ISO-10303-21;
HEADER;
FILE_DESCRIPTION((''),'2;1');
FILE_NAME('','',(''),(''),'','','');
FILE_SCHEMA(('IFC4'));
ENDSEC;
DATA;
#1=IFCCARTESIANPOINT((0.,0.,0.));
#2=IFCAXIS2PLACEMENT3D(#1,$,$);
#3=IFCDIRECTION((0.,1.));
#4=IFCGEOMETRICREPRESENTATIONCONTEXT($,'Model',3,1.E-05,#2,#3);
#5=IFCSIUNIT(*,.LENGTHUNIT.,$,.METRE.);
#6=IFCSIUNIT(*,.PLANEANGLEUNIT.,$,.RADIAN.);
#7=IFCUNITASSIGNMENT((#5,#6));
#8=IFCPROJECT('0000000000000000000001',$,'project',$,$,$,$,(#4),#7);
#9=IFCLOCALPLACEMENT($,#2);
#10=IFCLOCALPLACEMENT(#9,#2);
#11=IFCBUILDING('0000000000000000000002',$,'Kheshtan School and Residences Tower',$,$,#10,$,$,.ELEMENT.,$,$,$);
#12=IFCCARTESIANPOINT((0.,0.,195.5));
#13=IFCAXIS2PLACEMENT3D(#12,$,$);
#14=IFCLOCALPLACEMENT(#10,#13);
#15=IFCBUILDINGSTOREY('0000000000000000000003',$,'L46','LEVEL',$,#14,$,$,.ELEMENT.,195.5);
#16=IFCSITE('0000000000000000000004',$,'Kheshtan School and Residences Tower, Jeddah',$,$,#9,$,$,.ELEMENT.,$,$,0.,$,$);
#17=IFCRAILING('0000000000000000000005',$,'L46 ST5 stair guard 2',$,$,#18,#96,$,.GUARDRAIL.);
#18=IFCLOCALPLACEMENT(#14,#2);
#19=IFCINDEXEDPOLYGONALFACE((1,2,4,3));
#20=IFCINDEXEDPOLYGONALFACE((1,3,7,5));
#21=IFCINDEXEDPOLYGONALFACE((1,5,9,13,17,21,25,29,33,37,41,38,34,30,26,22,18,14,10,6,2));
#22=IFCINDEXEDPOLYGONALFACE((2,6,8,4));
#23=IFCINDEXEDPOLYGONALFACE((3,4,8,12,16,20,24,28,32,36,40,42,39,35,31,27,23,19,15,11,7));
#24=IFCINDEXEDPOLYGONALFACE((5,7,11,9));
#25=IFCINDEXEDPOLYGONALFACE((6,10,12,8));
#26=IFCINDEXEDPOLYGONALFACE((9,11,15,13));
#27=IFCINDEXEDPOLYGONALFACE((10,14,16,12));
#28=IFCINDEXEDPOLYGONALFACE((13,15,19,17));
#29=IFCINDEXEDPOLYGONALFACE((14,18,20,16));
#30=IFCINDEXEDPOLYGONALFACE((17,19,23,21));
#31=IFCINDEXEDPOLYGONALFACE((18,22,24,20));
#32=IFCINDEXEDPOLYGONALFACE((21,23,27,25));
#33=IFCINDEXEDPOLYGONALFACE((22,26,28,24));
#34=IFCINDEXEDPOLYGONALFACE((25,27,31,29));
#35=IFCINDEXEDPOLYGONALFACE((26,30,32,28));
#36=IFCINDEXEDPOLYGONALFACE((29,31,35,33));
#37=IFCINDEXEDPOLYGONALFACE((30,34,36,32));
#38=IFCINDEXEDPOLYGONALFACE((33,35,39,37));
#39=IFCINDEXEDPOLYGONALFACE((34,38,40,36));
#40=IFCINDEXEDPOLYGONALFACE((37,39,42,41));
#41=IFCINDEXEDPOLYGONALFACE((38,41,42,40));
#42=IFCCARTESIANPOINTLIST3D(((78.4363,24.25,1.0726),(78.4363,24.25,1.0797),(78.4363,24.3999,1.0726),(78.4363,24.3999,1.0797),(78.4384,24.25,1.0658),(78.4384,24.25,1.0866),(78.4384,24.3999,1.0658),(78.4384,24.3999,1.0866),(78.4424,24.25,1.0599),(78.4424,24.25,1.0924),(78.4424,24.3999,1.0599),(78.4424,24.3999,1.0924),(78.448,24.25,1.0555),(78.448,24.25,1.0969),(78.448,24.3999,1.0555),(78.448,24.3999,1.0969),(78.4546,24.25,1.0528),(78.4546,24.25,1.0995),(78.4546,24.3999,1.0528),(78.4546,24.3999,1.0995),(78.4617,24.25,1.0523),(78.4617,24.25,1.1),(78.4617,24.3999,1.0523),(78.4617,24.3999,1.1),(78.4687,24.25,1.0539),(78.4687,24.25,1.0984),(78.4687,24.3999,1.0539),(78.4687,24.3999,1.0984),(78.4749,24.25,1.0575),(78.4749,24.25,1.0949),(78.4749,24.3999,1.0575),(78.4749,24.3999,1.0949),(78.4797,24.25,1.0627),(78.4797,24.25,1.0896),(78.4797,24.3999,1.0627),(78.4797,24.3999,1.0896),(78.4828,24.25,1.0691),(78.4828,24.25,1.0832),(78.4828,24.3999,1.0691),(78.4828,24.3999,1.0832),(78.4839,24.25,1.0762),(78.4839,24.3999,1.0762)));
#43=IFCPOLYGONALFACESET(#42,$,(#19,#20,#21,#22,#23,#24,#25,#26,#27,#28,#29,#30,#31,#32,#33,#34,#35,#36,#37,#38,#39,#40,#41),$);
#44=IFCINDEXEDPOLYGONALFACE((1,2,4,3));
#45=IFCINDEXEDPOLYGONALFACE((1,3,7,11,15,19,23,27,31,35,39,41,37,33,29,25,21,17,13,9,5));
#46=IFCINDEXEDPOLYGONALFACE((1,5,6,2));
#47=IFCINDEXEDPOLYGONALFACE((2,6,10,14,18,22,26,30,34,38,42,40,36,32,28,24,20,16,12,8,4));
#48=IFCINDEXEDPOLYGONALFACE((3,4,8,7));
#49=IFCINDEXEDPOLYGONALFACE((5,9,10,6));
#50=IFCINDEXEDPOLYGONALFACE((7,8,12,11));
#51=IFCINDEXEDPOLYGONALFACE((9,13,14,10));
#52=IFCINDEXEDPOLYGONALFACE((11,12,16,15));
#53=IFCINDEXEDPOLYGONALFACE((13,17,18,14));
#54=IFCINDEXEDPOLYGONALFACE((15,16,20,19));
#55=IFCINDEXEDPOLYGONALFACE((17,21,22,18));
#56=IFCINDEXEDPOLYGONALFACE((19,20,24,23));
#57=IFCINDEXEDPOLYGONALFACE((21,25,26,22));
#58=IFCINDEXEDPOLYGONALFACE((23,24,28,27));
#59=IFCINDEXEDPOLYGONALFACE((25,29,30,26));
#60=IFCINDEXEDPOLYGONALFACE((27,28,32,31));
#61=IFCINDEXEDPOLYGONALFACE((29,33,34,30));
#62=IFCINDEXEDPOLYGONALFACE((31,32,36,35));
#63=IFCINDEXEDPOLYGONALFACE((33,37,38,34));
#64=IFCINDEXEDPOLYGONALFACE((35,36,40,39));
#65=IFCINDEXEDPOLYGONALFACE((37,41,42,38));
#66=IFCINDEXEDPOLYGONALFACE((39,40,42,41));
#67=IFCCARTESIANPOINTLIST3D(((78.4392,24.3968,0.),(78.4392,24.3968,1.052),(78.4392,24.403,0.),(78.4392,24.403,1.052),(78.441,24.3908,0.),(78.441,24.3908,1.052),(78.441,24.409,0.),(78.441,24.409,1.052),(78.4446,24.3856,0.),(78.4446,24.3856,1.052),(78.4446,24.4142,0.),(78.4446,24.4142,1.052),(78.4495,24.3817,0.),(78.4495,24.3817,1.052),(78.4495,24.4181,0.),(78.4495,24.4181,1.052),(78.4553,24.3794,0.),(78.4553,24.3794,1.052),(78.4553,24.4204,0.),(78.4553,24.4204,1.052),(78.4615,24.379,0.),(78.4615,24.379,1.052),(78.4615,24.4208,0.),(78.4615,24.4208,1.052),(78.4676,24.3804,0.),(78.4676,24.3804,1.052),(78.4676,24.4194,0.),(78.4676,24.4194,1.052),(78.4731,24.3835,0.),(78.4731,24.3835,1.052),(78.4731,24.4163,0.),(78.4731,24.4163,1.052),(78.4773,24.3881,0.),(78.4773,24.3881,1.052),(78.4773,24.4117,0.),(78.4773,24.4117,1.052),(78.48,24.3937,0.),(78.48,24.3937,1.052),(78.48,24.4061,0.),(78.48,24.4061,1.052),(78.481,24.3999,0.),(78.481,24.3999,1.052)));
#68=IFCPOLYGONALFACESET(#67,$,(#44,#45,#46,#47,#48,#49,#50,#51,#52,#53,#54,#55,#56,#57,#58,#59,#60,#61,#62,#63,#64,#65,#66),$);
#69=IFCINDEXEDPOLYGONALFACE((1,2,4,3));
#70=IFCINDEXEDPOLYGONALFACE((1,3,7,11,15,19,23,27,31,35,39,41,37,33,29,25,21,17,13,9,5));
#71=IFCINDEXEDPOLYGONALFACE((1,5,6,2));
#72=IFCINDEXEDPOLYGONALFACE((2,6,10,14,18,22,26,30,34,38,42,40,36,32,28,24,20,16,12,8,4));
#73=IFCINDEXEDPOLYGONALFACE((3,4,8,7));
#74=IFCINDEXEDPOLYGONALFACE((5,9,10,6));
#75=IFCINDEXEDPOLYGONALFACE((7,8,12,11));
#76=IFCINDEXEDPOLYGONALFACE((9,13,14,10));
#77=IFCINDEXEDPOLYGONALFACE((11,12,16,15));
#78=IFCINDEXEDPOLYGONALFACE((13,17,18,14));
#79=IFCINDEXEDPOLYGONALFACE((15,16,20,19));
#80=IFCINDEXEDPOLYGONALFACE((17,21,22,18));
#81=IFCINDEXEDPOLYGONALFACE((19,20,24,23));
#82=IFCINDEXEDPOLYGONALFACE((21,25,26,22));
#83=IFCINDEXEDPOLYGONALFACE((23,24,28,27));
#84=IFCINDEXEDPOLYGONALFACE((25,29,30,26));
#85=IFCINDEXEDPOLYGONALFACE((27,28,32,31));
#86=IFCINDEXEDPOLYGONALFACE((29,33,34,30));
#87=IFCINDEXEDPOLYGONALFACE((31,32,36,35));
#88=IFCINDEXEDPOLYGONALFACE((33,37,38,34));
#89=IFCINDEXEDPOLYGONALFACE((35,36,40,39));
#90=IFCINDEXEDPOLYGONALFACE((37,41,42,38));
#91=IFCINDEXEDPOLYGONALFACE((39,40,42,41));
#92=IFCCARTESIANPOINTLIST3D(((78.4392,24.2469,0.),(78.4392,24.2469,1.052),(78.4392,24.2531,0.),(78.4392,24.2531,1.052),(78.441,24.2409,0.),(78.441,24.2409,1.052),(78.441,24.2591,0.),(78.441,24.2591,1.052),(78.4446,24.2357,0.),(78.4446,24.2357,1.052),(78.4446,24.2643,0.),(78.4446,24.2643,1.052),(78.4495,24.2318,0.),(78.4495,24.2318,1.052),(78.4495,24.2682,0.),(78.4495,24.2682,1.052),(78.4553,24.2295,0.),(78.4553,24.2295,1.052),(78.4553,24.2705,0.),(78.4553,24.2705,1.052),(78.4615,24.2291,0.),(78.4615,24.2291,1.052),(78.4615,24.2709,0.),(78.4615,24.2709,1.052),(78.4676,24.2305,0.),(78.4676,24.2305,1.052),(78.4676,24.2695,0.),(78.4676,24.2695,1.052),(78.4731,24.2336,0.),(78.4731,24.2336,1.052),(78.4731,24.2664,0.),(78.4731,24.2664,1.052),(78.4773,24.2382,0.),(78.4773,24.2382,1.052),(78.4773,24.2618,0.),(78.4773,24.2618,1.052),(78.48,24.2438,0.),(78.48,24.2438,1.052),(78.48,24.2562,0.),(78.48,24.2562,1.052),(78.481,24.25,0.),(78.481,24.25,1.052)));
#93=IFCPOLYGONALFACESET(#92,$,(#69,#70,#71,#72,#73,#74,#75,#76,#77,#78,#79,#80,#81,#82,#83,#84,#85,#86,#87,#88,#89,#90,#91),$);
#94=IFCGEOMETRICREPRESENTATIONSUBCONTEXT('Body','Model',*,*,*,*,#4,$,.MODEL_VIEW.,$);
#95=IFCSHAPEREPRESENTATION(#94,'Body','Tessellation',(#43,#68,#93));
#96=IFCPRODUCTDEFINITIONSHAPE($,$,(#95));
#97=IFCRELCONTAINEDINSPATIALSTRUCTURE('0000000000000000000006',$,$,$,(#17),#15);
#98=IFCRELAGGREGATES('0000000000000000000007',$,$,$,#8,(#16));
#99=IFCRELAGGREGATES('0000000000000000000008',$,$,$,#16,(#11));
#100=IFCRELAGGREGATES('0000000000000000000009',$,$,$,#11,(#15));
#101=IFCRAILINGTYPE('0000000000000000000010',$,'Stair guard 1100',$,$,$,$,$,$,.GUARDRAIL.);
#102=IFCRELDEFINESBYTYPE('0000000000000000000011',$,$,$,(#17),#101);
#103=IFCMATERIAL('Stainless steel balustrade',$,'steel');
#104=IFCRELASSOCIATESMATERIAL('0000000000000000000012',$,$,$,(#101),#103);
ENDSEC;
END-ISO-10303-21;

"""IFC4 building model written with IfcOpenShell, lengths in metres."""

from ifc_helpers import new_model, si_unit, direction, frame, origin, origin_2d, place, context, subcontext, project, spatial, circle, extrude, material, type_object, element, save


model = new_model("IFC4")

# Units and contexts
model_context = context("Model", 3, precision=1e-05, world=origin(), true_north=direction((0.0, 1.0)))
body_context = subcontext(model_context, "Body", "Model", "MODEL_VIEW")
ifc_project = project(units=[si_unit("LENGTHUNIT", "METRE"), si_unit("PLANEANGLEUNIT", "RADIAN")], contexts=[model_context])

# Site, building, storey
site_placement = place(None, origin())
site = spatial("IfcSite", under=ifc_project, at=site_placement, Name="Kheshtan School and Residences Tower, Jeddah", CompositionType="ELEMENT", RefElevation=0.0)
building_placement = place(site_placement, origin())
building = spatial("IfcBuilding", under=site, at=building_placement, Name="Kheshtan School and Residences Tower", CompositionType="ELEMENT")
storey_placement = place(building_placement, frame((0.0, 0.0, 195.5)))
storey = spatial("IfcBuildingStorey", under=building, at=storey_placement, Name="L46", Description="LEVEL", CompositionType="ELEMENT", Elevation=195.5)

# Railing
ifc_material_1 = material(Name="Stainless steel balustrade", Category="steel")
railing_type_1 = type_object("IfcRailingType", Name="Stair guard 1100", PredefinedType="GUARDRAIL", material=ifc_material_1)
railing_1_placement = place(storey_placement, frame((78.46, 24.3999, 0.0)))
element("IfcRailing", 1, at=railing_1_placement, inside=storey, type_object=railing_type_1, Name="L46 ST5 stair guard 2", PredefinedType="GUARDRAIL", context=body_context, shape_type="SweptSolid", body=[
    extrude(circle(Radius=0.0239, at=origin_2d()), frame((0.0, 0.0, 1.0762), z_axis=(0.0, -1.0, 0.0), x_axis=(1.0, 0.0, 0.0)), (0.0, 0.0, 1.0), 0.1499),
    extrude(circle(Radius=0.021, at=origin_2d()), origin(), (0.0, 0.0, 1.0), 1.052),
    extrude(circle(Radius=0.021, at=origin_2d()), frame((0.0, -0.1499, 0.0)), (0.0, 0.0, 1.0), 1.052),
])

save(model, "model.ifc")
